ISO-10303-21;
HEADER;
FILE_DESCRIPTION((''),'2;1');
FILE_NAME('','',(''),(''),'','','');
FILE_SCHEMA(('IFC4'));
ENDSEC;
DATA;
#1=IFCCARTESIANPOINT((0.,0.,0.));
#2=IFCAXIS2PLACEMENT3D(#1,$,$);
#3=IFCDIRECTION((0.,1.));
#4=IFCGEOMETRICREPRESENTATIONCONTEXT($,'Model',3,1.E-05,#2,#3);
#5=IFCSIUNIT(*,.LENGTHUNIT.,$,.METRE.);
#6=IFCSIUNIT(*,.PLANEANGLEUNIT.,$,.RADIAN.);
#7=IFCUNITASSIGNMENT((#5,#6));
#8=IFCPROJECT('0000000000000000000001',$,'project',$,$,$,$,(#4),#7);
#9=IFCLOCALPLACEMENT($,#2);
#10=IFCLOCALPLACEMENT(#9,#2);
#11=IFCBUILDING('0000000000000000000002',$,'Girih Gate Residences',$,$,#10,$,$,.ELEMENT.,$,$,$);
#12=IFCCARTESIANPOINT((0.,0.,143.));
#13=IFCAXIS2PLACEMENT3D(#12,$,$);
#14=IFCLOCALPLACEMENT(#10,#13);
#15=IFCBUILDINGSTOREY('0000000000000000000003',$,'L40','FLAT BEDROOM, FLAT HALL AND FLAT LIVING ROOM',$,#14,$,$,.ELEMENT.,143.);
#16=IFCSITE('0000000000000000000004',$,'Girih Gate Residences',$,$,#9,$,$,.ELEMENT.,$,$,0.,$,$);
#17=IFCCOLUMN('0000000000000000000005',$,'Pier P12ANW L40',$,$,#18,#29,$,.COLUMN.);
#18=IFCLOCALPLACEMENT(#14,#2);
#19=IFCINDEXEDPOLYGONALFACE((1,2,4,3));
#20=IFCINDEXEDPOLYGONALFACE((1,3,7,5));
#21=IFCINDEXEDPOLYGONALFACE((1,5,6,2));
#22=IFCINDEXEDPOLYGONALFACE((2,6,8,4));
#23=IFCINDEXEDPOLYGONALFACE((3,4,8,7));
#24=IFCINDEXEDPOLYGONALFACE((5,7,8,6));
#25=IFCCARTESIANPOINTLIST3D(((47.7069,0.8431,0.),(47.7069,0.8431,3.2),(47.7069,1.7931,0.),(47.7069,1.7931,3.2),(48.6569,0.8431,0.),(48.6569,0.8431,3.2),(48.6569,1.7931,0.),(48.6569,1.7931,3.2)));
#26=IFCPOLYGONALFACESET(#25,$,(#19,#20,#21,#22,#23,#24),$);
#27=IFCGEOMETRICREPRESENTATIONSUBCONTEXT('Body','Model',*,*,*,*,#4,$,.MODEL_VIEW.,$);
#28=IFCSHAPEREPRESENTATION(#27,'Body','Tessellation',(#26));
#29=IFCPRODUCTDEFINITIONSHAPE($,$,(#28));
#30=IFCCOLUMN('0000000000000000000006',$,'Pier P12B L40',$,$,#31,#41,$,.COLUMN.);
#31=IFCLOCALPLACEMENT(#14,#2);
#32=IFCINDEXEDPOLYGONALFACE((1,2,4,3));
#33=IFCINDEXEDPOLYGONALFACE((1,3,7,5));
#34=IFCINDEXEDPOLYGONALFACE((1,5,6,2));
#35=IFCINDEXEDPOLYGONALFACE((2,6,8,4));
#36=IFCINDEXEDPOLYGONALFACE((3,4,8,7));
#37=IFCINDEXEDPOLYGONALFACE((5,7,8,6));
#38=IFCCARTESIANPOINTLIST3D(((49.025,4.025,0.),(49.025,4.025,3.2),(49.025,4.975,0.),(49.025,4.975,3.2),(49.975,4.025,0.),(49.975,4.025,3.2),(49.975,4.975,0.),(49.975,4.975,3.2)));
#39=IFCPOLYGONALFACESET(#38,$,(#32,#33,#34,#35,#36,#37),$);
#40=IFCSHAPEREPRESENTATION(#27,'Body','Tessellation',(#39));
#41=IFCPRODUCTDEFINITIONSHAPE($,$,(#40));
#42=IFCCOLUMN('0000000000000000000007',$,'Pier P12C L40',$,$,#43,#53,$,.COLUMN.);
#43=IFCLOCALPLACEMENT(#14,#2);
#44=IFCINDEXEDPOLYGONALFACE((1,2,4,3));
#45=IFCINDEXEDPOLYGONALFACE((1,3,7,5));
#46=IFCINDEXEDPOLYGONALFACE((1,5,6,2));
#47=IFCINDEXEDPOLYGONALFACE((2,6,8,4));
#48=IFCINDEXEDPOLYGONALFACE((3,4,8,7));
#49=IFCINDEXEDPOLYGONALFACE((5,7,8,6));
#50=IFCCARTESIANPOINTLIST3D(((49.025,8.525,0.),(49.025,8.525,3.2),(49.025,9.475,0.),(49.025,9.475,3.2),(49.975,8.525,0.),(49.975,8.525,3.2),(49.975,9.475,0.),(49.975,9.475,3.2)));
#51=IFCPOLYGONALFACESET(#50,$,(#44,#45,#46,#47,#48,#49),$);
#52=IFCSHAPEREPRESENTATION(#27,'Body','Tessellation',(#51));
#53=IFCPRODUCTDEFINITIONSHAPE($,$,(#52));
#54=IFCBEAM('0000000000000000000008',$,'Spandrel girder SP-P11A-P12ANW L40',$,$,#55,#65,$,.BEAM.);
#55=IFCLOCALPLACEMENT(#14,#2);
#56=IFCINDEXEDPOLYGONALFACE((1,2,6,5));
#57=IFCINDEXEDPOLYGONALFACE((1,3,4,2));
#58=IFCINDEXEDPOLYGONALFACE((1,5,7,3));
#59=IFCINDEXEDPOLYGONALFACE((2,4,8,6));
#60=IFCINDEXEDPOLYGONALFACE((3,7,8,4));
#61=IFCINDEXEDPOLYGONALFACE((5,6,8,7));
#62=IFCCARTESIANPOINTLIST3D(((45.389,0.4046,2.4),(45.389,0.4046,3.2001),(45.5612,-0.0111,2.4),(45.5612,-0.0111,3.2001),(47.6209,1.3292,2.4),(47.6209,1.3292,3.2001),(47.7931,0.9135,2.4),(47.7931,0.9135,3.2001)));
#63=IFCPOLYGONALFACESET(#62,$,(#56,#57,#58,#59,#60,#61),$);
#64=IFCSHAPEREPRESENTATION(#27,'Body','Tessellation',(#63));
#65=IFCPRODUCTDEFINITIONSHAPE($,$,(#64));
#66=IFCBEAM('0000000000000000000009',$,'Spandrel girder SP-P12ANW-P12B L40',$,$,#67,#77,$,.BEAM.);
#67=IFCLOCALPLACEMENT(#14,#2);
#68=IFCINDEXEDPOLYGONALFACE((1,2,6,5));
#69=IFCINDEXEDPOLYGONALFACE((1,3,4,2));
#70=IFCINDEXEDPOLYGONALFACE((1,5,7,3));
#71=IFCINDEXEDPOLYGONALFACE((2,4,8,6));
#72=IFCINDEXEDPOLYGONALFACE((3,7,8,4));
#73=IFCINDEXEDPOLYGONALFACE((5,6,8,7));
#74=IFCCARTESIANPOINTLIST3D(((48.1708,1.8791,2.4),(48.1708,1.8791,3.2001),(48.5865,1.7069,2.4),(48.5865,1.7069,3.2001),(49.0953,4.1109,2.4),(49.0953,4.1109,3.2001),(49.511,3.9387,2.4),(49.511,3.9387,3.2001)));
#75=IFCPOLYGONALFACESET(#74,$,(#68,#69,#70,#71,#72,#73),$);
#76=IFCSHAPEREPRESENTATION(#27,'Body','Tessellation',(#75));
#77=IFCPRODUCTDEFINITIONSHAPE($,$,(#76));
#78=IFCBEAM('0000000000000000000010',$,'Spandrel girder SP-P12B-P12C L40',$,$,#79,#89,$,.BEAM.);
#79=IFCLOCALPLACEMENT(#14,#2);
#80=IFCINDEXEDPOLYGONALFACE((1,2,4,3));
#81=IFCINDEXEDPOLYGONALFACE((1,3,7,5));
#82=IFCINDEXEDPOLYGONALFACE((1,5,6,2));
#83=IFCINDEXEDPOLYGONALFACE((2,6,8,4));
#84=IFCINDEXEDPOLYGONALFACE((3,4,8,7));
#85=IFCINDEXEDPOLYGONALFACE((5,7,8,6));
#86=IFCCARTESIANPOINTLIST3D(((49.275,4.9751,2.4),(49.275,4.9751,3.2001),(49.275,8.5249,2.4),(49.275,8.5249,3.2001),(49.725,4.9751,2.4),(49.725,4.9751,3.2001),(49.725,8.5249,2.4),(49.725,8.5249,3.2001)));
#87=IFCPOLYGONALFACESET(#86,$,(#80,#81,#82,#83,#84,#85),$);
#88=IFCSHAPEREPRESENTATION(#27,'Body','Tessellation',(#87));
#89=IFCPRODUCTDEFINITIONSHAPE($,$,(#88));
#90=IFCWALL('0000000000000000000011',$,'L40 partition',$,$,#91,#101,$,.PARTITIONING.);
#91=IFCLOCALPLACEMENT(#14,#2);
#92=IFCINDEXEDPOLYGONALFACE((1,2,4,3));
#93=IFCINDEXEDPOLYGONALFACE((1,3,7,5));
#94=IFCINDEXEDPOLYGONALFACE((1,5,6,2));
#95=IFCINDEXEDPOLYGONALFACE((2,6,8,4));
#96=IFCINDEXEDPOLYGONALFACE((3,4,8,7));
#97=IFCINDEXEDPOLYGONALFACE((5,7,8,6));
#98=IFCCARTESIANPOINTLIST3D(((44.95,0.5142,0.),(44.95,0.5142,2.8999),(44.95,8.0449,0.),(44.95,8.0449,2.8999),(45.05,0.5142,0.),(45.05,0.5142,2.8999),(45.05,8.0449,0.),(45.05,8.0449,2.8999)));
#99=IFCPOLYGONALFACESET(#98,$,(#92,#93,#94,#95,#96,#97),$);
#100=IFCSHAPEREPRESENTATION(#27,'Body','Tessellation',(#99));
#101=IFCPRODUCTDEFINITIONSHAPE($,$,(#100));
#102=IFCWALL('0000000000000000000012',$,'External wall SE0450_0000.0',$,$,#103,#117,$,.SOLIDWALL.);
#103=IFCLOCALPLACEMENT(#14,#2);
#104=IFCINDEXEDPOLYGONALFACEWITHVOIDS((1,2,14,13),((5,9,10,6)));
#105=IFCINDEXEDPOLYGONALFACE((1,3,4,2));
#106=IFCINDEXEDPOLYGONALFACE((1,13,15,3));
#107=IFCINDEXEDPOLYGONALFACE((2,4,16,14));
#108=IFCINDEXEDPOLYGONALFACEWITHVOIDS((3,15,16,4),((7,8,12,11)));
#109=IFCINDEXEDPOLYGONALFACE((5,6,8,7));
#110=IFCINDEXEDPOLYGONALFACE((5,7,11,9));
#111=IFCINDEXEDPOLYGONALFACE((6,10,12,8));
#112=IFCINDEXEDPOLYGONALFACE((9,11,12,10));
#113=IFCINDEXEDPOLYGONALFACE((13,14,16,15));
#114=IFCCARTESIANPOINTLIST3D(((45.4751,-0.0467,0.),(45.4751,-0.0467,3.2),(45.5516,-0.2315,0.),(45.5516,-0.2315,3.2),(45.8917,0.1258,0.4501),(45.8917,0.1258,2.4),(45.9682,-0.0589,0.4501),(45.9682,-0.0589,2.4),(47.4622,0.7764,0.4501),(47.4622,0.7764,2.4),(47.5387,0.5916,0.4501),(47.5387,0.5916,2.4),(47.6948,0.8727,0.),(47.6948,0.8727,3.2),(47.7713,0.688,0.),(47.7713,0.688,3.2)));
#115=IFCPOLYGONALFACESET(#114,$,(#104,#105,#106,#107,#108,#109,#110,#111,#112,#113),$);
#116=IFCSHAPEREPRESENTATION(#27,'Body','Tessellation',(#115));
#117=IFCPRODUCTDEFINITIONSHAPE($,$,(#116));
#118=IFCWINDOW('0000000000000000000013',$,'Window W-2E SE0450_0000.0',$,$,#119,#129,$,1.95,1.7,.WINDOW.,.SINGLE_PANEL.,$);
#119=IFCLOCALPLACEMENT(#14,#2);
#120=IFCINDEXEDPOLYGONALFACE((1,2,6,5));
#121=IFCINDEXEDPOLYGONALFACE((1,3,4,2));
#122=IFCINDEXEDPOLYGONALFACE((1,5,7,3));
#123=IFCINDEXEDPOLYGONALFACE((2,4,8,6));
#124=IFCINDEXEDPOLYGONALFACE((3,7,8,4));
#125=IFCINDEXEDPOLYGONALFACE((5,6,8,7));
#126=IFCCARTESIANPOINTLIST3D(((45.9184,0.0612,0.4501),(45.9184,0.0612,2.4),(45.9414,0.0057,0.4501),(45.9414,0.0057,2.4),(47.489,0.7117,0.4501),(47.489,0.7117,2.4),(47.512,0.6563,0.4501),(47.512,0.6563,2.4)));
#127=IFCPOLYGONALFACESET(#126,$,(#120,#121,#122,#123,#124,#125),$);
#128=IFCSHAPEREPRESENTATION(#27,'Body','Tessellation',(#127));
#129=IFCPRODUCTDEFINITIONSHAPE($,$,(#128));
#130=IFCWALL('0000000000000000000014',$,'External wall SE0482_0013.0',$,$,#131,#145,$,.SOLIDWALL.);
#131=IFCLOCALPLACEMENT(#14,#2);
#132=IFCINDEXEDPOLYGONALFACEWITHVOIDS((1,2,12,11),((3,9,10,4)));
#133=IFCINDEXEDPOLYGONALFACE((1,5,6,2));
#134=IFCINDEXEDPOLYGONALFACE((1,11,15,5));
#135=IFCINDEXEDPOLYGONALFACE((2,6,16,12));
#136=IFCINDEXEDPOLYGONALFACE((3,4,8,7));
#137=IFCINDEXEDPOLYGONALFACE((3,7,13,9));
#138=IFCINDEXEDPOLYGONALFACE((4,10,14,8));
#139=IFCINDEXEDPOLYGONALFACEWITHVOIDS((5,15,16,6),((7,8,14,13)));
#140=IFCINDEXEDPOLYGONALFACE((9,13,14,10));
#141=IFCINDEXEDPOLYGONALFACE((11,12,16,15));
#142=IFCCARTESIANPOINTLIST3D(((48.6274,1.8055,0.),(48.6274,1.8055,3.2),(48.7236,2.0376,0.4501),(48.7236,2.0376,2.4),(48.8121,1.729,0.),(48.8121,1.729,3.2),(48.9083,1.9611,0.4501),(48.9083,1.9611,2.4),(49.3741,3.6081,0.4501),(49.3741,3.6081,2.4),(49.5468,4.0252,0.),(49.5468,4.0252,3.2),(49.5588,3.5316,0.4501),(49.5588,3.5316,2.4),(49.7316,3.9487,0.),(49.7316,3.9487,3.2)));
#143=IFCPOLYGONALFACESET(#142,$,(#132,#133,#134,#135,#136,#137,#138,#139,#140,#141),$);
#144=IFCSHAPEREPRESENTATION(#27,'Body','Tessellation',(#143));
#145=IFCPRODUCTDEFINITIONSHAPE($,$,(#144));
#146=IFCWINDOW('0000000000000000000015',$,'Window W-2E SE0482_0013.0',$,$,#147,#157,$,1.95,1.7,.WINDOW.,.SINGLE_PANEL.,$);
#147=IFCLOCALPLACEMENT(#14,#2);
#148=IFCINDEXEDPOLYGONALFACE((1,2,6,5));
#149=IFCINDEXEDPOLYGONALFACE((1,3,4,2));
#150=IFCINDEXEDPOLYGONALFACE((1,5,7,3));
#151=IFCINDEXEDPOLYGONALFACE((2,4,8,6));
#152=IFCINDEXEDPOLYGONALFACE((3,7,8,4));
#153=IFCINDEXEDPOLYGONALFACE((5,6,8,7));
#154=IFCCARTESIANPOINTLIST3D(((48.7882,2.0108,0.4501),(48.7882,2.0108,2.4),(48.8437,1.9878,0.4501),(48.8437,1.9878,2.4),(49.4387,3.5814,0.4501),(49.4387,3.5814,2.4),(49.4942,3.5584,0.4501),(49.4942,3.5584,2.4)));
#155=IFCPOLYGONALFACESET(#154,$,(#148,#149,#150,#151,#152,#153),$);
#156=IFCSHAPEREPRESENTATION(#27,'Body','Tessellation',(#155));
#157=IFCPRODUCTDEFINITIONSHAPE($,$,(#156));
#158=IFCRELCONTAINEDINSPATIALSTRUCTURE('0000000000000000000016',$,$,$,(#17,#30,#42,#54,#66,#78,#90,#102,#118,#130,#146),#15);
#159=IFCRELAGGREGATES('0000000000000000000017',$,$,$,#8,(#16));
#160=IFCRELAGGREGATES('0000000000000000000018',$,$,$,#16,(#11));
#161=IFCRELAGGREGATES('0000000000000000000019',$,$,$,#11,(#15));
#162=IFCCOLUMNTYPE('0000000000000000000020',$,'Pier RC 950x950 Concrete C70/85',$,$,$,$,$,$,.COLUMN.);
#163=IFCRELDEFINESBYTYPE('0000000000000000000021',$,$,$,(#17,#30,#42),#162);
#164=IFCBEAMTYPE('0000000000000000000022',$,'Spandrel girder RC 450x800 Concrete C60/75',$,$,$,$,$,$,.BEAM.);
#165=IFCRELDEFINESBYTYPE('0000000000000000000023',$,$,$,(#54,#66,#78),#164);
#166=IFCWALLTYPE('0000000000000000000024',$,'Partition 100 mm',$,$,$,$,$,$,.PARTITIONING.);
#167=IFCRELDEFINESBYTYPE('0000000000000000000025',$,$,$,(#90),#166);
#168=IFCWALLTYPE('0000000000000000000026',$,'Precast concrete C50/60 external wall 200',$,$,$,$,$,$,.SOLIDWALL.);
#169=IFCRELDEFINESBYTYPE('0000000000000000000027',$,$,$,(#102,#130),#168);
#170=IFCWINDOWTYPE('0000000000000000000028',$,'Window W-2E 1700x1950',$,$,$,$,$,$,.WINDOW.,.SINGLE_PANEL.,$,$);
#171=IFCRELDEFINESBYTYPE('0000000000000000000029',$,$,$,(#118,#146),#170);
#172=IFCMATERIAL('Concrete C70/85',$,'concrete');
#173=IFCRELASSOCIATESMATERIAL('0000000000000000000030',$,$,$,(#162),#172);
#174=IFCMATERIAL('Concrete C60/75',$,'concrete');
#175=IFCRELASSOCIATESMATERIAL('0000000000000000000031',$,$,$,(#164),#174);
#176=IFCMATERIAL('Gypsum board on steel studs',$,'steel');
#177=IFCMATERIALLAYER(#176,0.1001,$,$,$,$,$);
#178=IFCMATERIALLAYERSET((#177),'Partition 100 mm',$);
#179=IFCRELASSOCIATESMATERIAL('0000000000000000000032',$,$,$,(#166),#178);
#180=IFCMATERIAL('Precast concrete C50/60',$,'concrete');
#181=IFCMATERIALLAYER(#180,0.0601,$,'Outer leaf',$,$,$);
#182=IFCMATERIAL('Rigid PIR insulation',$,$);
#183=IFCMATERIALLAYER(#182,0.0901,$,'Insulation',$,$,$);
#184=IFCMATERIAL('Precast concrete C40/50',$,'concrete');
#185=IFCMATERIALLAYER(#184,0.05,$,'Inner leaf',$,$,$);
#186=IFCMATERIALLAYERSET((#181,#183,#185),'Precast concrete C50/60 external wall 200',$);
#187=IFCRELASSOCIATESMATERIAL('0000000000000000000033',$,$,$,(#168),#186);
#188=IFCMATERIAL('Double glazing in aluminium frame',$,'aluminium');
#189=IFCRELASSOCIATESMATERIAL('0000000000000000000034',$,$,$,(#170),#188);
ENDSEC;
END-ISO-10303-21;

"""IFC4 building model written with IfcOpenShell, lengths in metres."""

from ifc_helpers import new_model, si_unit, direction, frame, frame_2d, origin, origin_2d, place, context, subcontext, project, spatial, rectangle, extrude, material, layer, layer_set, material_profile, profile_set, type_object, element, fill, save


model = new_model("IFC4")

# Units and contexts
model_context = context("Model", 3, precision=1e-05, world=origin(), true_north=direction((0.0, 1.0)))
body_context = subcontext(model_context, "Body", "Model", "MODEL_VIEW")
ifc_project = project(units=[si_unit("LENGTHUNIT", "METRE"), si_unit("PLANEANGLEUNIT", "RADIAN")], contexts=[model_context])

# Site, building, storey
site_placement = place(None, origin())
site = spatial("IfcSite", under=ifc_project, at=site_placement, Name="Girih Gate Residences", CompositionType="ELEMENT", RefElevation=0.0)
building_placement = place(site_placement, origin())
building = spatial("IfcBuilding", under=site, at=building_placement, Name="Girih Gate Residences", CompositionType="ELEMENT")
storey_placement = place(building_placement, frame((0.0, 0.0, 143.0)))
storey = spatial("IfcBuildingStorey", under=building, at=storey_placement, Name="L40", Description="FLAT BEDROOM, FLAT HALL AND FLAT LIVING ROOM", CompositionType="ELEMENT", Elevation=143.0)

# Columns
ifc_material_1 = material(Name="Concrete C70/85", Category="concrete")
ifc_material_profile_1 = material_profile(ifc_material_1, rectangle(XDim=0.95, YDim=0.95, at=origin_2d()))
ifc_profile_set_1 = profile_set([ifc_material_profile_1], Name="Concrete C70/85")
column_type = type_object("IfcColumnType", Name="Pier RC 950x950 Concrete C70/85", PredefinedType="COLUMN", material=ifc_profile_set_1)
for number, where, z_axis, x_axis, name in (
    (1, (48.1819, 1.3181, 0.0), (0.0, 0.0, 1.0), (1.0, 0.0, 0.0), "Pier P12ANW L40"),
    (2, (49.5, 4.5, 0.0), (0.0, 0.0, 1.0), (1.0, 0.0, 0.0), "Pier P12B L40"),
    (3, (49.5, 9.0, 0.0), (0.0, 0.0, 1.0), (1.0, 0.0, 0.0), "Pier P12C L40"),
):
    element("IfcColumn", number, at=place(storey_placement, frame(where, z_axis=z_axis, x_axis=x_axis)), inside=storey, type_object=column_type, Name=name, PredefinedType="COLUMN", context=body_context, shape_type="SweptSolid", body=[
        extrude(rectangle(XDim=0.95, YDim=0.95, at=origin_2d()), origin(), (0.0, 0.0, 1.0), 3.2),
    ])

# Beams
ifc_material_2 = material(Name="Concrete C60/75", Category="concrete")
ifc_material_profile_2 = material_profile(ifc_material_2, rectangle(XDim=0.45, YDim=0.8, at=origin_2d()))
ifc_profile_set_2 = profile_set([ifc_material_profile_2], Name="Concrete C60/75")
beam_type = type_object("IfcBeamType", Name="Spandrel girder RC 450x800 Concrete C60/75", PredefinedType="BEAM", material=ifc_profile_set_2)
for number, where, z_axis, x_axis, name in (
    (4, (45.4751, 0.1968, 2.8), (0.92387, 0.382706, 0.0), (-0.382706, 0.92387, 0.0), "Spandrel girder SP-P11A-P12ANW L40"),
    (5, (48.3787, 1.793, 2.8), (0.382706, 0.92387, 0.0), (-0.92387, 0.382706, 0.0), "Spandrel girder SP-P12ANW-P12B L40"),
):
    element("IfcBeam", number, at=place(storey_placement, frame(where, z_axis=z_axis, x_axis=x_axis)), inside=storey, type_object=beam_type, Name=name, PredefinedType="BEAM", context=body_context, shape_type="SweptSolid", body=[
        extrude(rectangle(XDim=0.45, YDim=0.8, at=origin_2d()), origin(), (0.0, 0.0, 1.0), 2.4158),
    ])
beam_placement = place(storey_placement, frame((49.5, 4.9751, 2.8), z_axis=(0.0, 1.0, 0.0), x_axis=(-1.0, 0.0, 0.0)))
element("IfcBeam", 6, at=beam_placement, inside=storey, type_object=beam_type, Name="Spandrel girder SP-P12B-P12C L40", PredefinedType="BEAM", context=body_context, shape_type="SweptSolid", body=[
    extrude(rectangle(XDim=0.45, YDim=0.8, at=origin_2d()), origin(), (0.0, 0.0, 1.0), 3.5498),
])

# Wall
ifc_material_3 = material(Name="Gypsum board on steel studs", Category="steel")
ifc_layer_1 = layer(ifc_material_3, 0.1001)
ifc_layer_set_1 = layer_set([ifc_layer_1], Name="Partition 100 mm")
wall_type_1 = type_object("IfcWallType", Name="Partition 100 mm", PredefinedType="PARTITIONING", material=ifc_layer_set_1)
wall_1_placement = place(storey_placement, frame((45.0, 0.5142, 0.0), z_axis=(0.0, 0.0, 1.0), x_axis=(0.0, 1.0, 0.0)))
element("IfcWall", 7, at=wall_1_placement, inside=storey, type_object=wall_type_1, Name="L40 partition", PredefinedType="PARTITIONING", context=body_context, shape_type="SweptSolid", body=[
    extrude(rectangle(XDim=7.5308, YDim=0.1001, at=frame_2d((3.7654, 0.0))), origin(), (0.0, 0.0, 1.0), 2.8999),
])

# Walls, openings, windows
ifc_material_4 = material(Name="Precast concrete C50/60", Category="concrete")
ifc_layer_2 = layer(ifc_material_4, 0.0601, Name="Outer leaf")
ifc_material_5 = material(Name="Rigid PIR insulation")
ifc_layer_3 = layer(ifc_material_5, 0.0901, Name="Insulation")
ifc_material_6 = material(Name="Precast concrete C40/50", Category="concrete")
ifc_layer_4 = layer(ifc_material_6, 0.05, Name="Inner leaf")
ifc_layer_set_2 = layer_set([ifc_layer_2, ifc_layer_3, ifc_layer_4], Name="Precast concrete C50/60 external wall 200")
wall_type_2 = type_object("IfcWallType", Name="Precast concrete C50/60 external wall 200", PredefinedType="SOLIDWALL", material=ifc_layer_set_2)
wall_2_placement = place(storey_placement, frame((47.7329, 0.7803, 0.0), z_axis=(0.0, 0.0, 1.0), x_axis=(-0.923881, -0.382681, 0.0)))
wall_2 = element("IfcWall", 8, at=wall_2_placement, inside=storey, type_object=wall_type_2, Name="External wall SE0450_0000.0", PredefinedType="SOLIDWALL", context=body_context, shape_type="SweptSolid", body=[
    extrude(rectangle(XDim=2.4026, YDim=0.2, at=frame_2d((1.2012, 0.0))), origin(), (0.0, 0.0, 1.0), 3.2),
])
opening_1_placement = place(wall_2_placement, frame((0.2515, 0.0, 0.45)))
opening_1 = element("IfcOpeningElement", 9, at=opening_1_placement, cuts=wall_2, PredefinedType="OPENING", context=body_context, shape_type="SweptSolid", body=[
    extrude(rectangle(XDim=1.7, YDim=1.95, at=frame_2d((0.8501, 0.9751))), frame((0.0, 0.1099, 0.0), z_axis=(0.0, -1.0, 0.0), x_axis=(1.0, 0.0, 0.0)), (0.0, 0.0, 1.0), 0.22),
])
ifc_material_7 = material(Name="Double glazing in aluminium frame", Category="aluminium")
window_type_1 = type_object("IfcWindowType", Name="Window W-2E 1700x1950", PartitioningType="SINGLE_PANEL", PredefinedType="WINDOW", material=ifc_material_7)
window_1_placement = place(opening_1_placement, origin())
window_1 = element("IfcWindow", 10, at=window_1_placement, inside=storey, type_object=window_type_1, Name="Window W-2E SE0450_0000.0", OverallHeight=1.95, OverallWidth=1.7, PartitioningType="SINGLE_PANEL", PredefinedType="WINDOW", context=body_context, shape_type="SweptSolid", body=[
    extrude(rectangle(XDim=1.7, YDim=1.95, at=frame_2d((0.8501, 0.9751))), frame((0.0, 0.03, 0.0), z_axis=(0.0, -1.0, 0.0), x_axis=(1.0, 0.0, 0.0)), (0.0, 0.0, 1.0), 0.0601),
])
fill(opening_1, window_1)
wall_3_placement = place(storey_placement, frame((49.6392, 3.9868, 0.0), z_axis=(0.0, 0.0, 1.0), x_axis=(-0.382681, -0.923881, 0.0)))
wall_3 = element("IfcWall", 11, at=wall_3_placement, inside=storey, type_object=wall_type_2, Name="External wall SE0482_0013.0", PredefinedType="SOLIDWALL", context=body_context, shape_type="SweptSolid", body=[
    extrude(rectangle(XDim=2.4026, YDim=0.2, at=frame_2d((1.2012, 0.0))), origin(), (0.0, 0.0, 1.0), 3.2),
])
opening_2_placement = place(wall_3_placement, frame((0.4512, 0.0, 0.45)))
opening_2 = element("IfcOpeningElement", 12, at=opening_2_placement, cuts=wall_3, PredefinedType="OPENING", context=body_context, shape_type="SweptSolid", body=[
    extrude(rectangle(XDim=1.7, YDim=1.95, at=frame_2d((0.8501, 0.9751))), frame((0.0, 0.1099, 0.0), z_axis=(0.0, -1.0, 0.0), x_axis=(1.0, 0.0, 0.0)), (0.0, 0.0, 1.0), 0.22),
])
window_2_placement = place(opening_2_placement, origin())
window_2 = element("IfcWindow", 13, at=window_2_placement, inside=storey, type_object=window_type_1, Name="Window W-2E SE0482_0013.0", OverallHeight=1.95, OverallWidth=1.7, PartitioningType="SINGLE_PANEL", PredefinedType="WINDOW", context=body_context, shape_type="SweptSolid", body=[
    extrude(rectangle(XDim=1.7, YDim=1.95, at=frame_2d((0.8501, 0.9751))), frame((0.0, 0.03, 0.0), z_axis=(0.0, -1.0, 0.0), x_axis=(1.0, 0.0, 0.0)), (0.0, 0.0, 1.0), 0.0601),
])
fill(opening_2, window_2)

save(model, "model.ifc")
